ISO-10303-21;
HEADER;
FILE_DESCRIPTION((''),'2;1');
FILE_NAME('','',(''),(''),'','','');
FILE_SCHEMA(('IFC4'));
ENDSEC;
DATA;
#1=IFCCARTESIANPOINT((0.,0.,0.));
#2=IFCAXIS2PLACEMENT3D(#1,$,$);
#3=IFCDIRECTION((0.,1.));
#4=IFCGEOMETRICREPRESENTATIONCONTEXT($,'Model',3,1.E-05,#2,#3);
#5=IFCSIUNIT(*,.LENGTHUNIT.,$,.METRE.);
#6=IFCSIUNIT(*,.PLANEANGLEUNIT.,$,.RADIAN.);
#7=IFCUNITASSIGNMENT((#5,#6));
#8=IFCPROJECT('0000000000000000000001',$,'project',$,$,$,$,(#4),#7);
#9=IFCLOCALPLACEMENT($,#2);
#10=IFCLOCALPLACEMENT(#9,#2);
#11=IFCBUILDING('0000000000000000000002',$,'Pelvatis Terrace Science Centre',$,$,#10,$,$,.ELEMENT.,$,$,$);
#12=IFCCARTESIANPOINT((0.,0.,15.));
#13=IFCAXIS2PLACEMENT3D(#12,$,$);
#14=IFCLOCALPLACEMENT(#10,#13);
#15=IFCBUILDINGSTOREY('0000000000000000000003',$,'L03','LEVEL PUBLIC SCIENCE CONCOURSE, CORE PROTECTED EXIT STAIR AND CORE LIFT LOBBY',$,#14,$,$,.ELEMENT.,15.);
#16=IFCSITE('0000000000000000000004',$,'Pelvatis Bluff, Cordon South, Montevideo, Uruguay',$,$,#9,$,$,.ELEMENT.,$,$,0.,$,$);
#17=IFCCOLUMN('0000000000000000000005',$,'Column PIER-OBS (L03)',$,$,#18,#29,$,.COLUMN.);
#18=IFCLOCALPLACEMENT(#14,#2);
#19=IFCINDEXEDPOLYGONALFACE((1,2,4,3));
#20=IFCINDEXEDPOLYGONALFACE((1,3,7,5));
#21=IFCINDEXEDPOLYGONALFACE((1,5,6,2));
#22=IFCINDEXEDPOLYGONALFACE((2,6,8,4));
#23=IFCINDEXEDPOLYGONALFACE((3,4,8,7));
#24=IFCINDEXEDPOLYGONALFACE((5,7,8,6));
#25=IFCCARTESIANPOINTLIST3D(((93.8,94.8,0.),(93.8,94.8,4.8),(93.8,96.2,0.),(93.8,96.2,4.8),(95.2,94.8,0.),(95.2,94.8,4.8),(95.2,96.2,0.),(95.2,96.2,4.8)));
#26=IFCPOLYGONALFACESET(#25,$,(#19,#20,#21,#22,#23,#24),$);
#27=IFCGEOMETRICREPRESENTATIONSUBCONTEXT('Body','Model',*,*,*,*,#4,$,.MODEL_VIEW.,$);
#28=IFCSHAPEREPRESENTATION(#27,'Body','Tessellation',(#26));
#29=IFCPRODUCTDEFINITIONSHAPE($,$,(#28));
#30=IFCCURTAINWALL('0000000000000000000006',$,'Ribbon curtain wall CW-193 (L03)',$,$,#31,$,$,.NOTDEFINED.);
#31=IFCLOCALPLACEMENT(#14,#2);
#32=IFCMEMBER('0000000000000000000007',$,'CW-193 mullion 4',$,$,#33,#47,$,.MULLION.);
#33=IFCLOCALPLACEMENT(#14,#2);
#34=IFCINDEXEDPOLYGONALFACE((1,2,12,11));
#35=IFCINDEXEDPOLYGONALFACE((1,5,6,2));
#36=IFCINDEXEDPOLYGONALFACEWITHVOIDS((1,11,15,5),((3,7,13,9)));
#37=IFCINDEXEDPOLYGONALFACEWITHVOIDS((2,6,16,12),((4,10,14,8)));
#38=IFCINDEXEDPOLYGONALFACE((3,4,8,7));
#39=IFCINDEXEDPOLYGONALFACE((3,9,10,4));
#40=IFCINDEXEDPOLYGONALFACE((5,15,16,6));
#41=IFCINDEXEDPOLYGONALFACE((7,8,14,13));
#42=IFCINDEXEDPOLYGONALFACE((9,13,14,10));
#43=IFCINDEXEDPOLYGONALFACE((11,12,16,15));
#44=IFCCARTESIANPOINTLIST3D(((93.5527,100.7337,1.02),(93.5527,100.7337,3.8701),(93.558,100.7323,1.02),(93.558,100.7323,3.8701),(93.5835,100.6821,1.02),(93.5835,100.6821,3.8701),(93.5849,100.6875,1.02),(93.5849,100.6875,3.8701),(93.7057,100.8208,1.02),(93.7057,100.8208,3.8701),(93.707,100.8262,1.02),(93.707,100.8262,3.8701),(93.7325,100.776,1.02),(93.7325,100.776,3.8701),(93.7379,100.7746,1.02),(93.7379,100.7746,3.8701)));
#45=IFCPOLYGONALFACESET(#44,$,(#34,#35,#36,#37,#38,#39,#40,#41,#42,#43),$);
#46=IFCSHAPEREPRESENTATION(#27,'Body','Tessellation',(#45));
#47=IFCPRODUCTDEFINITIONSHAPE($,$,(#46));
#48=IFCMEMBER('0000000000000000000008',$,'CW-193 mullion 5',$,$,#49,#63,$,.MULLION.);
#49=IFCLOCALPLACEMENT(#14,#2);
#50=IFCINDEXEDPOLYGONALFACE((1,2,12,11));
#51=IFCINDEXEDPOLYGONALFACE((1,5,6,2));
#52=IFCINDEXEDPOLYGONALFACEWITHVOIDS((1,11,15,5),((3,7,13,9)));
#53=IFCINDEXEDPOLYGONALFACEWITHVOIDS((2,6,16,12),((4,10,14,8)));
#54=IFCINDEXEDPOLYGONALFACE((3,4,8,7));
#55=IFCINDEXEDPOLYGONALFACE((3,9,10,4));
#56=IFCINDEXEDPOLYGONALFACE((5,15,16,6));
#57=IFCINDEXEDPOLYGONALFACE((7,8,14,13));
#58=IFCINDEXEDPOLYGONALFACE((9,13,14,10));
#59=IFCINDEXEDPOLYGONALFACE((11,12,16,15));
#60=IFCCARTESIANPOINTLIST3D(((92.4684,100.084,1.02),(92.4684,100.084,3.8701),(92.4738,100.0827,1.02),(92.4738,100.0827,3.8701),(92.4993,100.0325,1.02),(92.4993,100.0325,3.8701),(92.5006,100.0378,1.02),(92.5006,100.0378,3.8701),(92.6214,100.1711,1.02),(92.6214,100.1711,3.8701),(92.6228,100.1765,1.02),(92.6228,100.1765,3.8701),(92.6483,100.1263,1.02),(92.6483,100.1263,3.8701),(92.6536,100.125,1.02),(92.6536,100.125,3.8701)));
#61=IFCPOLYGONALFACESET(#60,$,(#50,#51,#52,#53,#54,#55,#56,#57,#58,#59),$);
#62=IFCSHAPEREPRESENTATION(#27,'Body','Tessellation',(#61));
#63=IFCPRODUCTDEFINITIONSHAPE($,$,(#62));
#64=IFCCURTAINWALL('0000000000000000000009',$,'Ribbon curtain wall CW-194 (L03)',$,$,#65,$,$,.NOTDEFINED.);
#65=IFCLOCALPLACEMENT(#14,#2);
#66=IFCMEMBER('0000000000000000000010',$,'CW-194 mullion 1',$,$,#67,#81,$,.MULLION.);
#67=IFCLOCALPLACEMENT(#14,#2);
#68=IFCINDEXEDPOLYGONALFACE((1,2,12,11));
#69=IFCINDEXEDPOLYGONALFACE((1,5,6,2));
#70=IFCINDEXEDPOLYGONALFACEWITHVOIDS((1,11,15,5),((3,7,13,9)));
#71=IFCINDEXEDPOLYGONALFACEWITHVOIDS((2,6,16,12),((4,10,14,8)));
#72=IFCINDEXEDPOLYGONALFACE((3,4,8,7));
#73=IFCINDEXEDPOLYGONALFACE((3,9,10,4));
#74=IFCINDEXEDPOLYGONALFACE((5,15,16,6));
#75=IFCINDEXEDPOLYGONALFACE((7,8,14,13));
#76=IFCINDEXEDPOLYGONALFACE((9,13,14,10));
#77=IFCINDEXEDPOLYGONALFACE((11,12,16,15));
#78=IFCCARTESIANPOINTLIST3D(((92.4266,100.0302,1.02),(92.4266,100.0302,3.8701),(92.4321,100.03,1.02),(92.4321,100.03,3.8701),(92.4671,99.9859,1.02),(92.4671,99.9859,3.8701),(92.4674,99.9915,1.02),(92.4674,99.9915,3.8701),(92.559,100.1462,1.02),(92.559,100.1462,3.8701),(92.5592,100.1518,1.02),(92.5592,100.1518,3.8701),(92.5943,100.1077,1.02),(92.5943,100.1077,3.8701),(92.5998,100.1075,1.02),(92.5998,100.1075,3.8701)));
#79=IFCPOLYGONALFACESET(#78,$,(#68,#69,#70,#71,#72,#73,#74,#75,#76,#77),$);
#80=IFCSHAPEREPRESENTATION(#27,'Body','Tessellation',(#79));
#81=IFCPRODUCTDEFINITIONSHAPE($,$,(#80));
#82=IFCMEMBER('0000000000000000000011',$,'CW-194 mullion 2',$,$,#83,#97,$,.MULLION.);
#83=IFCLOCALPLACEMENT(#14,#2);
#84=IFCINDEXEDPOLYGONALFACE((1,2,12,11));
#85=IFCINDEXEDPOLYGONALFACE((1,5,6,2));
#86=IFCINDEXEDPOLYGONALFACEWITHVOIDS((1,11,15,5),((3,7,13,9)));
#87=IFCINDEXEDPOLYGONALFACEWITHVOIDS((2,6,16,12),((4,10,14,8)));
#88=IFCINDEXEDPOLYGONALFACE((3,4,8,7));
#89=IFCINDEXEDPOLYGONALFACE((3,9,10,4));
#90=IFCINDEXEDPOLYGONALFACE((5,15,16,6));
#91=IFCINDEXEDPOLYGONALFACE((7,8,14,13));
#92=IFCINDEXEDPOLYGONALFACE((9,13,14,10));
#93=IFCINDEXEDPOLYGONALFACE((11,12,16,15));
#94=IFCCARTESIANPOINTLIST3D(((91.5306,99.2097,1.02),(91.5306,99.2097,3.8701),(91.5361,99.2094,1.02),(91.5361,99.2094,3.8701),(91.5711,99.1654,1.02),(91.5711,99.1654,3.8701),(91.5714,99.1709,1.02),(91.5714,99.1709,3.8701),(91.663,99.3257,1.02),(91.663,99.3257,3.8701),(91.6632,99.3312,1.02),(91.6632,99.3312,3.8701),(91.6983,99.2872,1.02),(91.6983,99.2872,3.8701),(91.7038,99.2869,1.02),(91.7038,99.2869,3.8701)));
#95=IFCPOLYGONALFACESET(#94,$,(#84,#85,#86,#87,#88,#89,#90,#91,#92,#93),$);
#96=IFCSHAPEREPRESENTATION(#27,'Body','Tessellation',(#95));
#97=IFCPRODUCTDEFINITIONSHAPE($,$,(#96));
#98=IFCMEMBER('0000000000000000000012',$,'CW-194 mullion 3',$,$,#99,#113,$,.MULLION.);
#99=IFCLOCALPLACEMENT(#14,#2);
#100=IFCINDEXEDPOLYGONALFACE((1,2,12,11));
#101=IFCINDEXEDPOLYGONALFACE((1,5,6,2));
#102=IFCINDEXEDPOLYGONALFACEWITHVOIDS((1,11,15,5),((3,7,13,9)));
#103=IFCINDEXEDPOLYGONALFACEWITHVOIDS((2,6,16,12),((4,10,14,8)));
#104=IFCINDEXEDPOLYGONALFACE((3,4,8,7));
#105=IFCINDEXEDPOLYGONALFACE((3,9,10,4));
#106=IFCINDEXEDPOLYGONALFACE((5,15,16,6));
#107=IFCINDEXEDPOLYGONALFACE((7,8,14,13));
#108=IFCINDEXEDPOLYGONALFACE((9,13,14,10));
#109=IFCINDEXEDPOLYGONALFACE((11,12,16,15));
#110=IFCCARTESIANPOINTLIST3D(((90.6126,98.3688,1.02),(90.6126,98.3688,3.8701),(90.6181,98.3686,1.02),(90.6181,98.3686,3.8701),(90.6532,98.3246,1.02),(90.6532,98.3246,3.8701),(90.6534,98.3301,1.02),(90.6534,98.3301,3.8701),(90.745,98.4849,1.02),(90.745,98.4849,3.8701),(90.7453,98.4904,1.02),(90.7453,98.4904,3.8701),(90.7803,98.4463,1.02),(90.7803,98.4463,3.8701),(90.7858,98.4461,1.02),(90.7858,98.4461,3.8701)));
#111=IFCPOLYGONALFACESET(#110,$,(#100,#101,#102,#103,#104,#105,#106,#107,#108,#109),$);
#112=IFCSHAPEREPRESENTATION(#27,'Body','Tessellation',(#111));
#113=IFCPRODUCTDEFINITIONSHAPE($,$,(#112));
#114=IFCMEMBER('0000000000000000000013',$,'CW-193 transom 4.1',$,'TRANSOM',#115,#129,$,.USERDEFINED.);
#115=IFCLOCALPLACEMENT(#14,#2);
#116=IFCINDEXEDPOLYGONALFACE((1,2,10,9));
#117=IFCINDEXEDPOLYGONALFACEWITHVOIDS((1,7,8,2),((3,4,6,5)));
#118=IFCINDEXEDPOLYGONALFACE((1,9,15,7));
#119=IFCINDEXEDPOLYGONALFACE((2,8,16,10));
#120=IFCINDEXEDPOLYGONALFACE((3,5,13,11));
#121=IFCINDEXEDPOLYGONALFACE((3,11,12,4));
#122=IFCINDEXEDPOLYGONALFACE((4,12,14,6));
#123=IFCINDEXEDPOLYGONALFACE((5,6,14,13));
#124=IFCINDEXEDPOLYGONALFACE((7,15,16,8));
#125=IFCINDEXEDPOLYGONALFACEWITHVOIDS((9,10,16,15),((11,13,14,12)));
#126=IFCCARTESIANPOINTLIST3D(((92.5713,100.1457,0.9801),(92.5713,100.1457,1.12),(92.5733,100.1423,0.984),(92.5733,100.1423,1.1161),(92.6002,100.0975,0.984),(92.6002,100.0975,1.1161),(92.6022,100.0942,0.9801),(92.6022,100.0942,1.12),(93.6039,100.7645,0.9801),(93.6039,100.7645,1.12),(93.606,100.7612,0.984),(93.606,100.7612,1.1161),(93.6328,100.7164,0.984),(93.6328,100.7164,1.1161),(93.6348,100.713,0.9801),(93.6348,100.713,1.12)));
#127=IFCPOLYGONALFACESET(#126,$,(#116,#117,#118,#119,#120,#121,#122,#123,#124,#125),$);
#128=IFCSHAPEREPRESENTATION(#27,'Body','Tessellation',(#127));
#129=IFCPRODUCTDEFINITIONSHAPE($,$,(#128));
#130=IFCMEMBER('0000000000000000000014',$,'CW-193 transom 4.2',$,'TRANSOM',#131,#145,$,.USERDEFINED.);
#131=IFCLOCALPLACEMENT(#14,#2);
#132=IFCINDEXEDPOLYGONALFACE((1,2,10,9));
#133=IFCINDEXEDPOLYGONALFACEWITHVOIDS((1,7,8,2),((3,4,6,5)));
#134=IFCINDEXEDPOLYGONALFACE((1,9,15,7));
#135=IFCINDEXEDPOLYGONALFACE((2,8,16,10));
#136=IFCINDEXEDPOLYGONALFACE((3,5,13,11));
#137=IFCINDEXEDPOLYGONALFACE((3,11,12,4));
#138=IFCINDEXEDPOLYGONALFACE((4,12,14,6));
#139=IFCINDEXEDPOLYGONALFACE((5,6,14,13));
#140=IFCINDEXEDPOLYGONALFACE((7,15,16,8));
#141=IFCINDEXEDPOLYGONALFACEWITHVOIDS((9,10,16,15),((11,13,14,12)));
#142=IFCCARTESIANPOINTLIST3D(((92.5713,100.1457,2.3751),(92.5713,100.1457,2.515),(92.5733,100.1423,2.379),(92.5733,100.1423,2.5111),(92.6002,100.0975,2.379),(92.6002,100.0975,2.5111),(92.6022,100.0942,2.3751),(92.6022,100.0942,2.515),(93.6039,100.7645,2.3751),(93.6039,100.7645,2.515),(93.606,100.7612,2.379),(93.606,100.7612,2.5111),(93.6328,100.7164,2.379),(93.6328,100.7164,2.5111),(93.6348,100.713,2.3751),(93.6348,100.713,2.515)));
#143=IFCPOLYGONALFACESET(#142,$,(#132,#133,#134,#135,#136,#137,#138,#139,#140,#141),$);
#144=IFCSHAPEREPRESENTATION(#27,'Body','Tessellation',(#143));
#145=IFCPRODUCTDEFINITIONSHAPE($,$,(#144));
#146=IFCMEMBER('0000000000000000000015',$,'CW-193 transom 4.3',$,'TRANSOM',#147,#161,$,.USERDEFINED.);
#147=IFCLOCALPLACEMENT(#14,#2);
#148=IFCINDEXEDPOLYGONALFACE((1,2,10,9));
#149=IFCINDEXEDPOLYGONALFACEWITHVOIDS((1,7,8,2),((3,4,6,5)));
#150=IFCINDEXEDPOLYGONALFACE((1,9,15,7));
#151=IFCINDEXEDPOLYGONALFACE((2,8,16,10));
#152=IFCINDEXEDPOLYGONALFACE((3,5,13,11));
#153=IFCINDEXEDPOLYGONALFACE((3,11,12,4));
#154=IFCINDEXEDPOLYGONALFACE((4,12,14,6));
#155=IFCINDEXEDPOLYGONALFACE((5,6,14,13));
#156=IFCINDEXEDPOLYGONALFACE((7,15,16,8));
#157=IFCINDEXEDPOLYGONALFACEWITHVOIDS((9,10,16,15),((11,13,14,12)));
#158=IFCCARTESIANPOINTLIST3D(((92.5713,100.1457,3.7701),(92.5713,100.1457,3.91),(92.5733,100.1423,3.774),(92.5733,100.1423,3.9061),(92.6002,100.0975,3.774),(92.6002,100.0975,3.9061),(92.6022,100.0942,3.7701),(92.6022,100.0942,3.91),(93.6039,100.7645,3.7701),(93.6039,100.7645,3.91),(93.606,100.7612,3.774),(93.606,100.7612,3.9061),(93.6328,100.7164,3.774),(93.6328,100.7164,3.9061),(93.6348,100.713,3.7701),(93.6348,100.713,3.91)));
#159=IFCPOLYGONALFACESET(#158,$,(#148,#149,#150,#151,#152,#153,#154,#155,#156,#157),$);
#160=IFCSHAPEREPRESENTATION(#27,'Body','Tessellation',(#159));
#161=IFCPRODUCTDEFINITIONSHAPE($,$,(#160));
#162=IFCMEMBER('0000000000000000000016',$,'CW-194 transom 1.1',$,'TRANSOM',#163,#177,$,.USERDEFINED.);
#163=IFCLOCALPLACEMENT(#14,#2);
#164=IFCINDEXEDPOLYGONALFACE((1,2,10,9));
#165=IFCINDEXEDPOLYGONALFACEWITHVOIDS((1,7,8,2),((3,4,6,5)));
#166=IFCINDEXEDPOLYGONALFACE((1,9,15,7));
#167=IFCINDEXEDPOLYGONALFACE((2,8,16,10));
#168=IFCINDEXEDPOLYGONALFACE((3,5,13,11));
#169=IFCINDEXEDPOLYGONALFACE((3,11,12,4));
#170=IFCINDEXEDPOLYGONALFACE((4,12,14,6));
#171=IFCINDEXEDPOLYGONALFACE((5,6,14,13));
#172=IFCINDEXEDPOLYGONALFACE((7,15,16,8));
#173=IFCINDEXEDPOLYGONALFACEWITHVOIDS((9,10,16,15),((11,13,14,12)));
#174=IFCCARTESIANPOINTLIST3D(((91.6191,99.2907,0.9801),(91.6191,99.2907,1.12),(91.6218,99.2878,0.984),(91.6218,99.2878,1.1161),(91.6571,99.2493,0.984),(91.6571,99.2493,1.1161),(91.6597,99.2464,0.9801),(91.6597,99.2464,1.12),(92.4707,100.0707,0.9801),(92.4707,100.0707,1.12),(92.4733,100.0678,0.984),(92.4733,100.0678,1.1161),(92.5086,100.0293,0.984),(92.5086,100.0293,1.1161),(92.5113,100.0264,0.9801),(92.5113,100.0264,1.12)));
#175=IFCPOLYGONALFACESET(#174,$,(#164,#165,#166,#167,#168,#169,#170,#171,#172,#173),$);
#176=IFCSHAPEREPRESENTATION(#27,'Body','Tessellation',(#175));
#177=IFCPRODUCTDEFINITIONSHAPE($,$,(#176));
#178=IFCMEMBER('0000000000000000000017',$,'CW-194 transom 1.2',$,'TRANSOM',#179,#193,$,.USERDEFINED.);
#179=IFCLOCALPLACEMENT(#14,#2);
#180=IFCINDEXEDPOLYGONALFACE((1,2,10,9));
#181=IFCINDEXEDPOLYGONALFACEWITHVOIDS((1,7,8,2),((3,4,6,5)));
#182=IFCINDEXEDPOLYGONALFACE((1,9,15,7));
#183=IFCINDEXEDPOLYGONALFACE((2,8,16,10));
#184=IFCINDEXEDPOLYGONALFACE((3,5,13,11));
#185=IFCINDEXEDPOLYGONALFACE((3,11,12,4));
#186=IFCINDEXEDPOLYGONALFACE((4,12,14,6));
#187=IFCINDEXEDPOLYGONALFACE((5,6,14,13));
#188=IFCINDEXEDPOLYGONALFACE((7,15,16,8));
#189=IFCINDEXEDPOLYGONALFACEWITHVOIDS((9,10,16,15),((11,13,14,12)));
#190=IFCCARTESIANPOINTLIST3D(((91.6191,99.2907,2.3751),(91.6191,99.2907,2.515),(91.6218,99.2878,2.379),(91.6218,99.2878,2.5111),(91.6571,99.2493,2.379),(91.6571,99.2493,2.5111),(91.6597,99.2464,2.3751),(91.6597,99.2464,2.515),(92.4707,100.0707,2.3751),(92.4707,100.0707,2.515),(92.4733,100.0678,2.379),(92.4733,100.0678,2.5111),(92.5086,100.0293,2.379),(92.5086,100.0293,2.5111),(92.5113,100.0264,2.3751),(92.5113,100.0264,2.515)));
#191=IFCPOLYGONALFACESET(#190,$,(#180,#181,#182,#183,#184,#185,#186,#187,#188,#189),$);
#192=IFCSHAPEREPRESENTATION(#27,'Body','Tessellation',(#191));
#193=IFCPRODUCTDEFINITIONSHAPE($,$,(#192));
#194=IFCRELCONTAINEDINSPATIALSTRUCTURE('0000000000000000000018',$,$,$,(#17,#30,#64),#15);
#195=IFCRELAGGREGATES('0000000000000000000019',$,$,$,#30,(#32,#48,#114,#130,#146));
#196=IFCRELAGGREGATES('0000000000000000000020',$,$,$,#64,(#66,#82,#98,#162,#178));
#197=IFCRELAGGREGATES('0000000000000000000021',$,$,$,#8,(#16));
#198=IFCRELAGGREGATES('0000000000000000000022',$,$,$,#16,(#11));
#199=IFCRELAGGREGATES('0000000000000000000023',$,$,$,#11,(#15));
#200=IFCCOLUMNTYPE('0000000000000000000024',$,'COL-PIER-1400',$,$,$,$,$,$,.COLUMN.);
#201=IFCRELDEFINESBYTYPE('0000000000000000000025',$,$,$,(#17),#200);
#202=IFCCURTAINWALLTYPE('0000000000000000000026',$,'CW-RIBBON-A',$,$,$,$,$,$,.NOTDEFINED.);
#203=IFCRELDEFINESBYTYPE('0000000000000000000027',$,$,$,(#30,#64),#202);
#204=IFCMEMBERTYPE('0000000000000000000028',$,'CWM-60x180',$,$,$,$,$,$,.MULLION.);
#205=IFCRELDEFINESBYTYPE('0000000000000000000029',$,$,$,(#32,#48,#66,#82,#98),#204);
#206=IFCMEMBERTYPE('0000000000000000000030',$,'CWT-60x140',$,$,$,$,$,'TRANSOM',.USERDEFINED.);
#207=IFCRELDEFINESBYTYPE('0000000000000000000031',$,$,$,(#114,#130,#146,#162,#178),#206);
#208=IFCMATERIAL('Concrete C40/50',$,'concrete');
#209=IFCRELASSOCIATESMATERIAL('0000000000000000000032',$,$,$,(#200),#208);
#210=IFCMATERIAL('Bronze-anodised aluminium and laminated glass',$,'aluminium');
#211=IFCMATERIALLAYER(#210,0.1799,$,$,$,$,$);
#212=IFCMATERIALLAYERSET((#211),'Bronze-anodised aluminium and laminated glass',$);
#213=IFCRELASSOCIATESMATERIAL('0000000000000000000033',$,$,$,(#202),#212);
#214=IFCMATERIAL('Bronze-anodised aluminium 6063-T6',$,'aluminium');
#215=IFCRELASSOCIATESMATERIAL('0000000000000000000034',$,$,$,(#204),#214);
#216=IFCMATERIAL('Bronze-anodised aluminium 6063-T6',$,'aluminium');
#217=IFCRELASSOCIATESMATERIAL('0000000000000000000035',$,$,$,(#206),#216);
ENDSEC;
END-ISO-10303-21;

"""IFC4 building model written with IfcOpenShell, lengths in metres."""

from ifc_helpers import new_model, si_unit, direction, frame, origin, origin_2d, place, context, subcontext, project, spatial, rectangle, hollow_rectangle, extrude, material, layer, layer_set, material_profile, profile_set, type_object, element, aggregate, save


model = new_model("IFC4")

# Units and contexts
model_context = context("Model", 3, precision=1e-05, world=origin(), true_north=direction((0.0, 1.0)))
body_context = subcontext(model_context, "Body", "Model", "MODEL_VIEW")
ifc_project = project(units=[si_unit("LENGTHUNIT", "METRE"), si_unit("PLANEANGLEUNIT", "RADIAN")], contexts=[model_context])

# Site, building, storey
site_placement = place(None, origin())
site = spatial("IfcSite", under=ifc_project, at=site_placement, Name="Pelvatis Bluff, Cordon South, Montevideo, Uruguay", CompositionType="ELEMENT", RefElevation=0.0)
building_placement = place(site_placement, origin())
building = spatial("IfcBuilding", under=site, at=building_placement, Name="Pelvatis Terrace Science Centre", CompositionType="ELEMENT")
storey_placement = place(building_placement, frame((0.0, 0.0, 15.0)))
storey = spatial("IfcBuildingStorey", under=building, at=storey_placement, Name="L03", Description="LEVEL PUBLIC SCIENCE CONCOURSE, CORE PROTECTED EXIT STAIR AND CORE LIFT LOBBY", CompositionType="ELEMENT", Elevation=15.0)

# Column
ifc_material_1 = material(Name="Concrete C40/50", Category="concrete")
ifc_material_profile_1 = material_profile(ifc_material_1, rectangle(XDim=1.3999, YDim=1.3999, at=origin_2d()), Name="RC-COL 1400x1400")
ifc_profile_set_1 = profile_set([ifc_material_profile_1], Name="Concrete C40/50")
column_type = type_object("IfcColumnType", Name="COL-PIER-1400", PredefinedType="COLUMN", material=ifc_profile_set_1)
column_placement = place(storey_placement, frame((94.5, 95.5, 0.0), z_axis=(0.0, 0.0, 1.0), x_axis=(1.0, 0.0, 0.0)))
element("IfcColumn", 1, at=column_placement, inside=storey, type_object=column_type, Name="Column PIER-OBS (L03)", PredefinedType="COLUMN", context=body_context, shape_type="SweptSolid", body=[
    extrude(rectangle(XDim=1.3999, YDim=1.3999, at=origin_2d()), origin(), (0.0, 0.0, 1.0), 4.8),
])

# Curtain walls, members
ifc_material_2 = material(Name="Bronze-anodised aluminium and laminated glass", Category="aluminium")
ifc_layer_1 = layer(ifc_material_2, 0.1799)
ifc_layer_set_1 = layer_set([ifc_layer_1], Name="Bronze-anodised aluminium and laminated glass")
curtain_wall_type = type_object("IfcCurtainWallType", Name="CW-RIBBON-A", PredefinedType="NOTDEFINED", material=ifc_layer_set_1)
curtain_wall_1_placement = place(storey_placement, origin())
curtain_wall_1 = element("IfcCurtainWall", 2, at=curtain_wall_1_placement, inside=storey, type_object=curtain_wall_type, Name="Ribbon curtain wall CW-193 (L03)", PredefinedType="NOTDEFINED")
ifc_material_3 = material(Name="Bronze-anodised aluminium 6063-T6", Category="aluminium")
ifc_material_profile_2 = material_profile(ifc_material_3, hollow_rectangle(XDim=0.0601, YDim=0.1799, WallThickness=0.0039, at=origin_2d()), Name="ALU-MUL 60x180")
ifc_profile_set_2 = profile_set([ifc_material_profile_2], Name="Bronze-anodised aluminium 6063-T6")
member_type_1 = type_object("IfcMemberType", Name="CWM-60x180", PredefinedType="MULLION", material=ifc_profile_set_2)
member_1_placement = place(storey_placement, frame((93.6453, 100.7542, 1.02), z_axis=(0.0, 0.0, 1.0), x_axis=(0.513996, -0.857793, 0.0)))
member_1 = element("IfcMember", 3, at=member_1_placement, type_object=member_type_1, Name="CW-193 mullion 4", PredefinedType="MULLION", context=body_context, shape_type="SweptSolid", body=[
    extrude(hollow_rectangle(XDim=0.0601, YDim=0.1799, WallThickness=0.0039, at=origin_2d()), origin(), (0.0, 0.0, 1.0), 2.8501),
])
member_2_placement = place(storey_placement, frame((92.561, 100.1045, 1.02), z_axis=(0.0, 0.0, 1.0), x_axis=(0.513996, -0.857793, 0.0)))
member_2 = element("IfcMember", 4, at=member_2_placement, type_object=member_type_1, Name="CW-193 mullion 5", PredefinedType="MULLION", context=body_context, shape_type="SweptSolid", body=[
    extrude(hollow_rectangle(XDim=0.0601, YDim=0.1799, WallThickness=0.0039, at=origin_2d()), origin(), (0.0, 0.0, 1.0), 2.8501),
])
curtain_wall_2_placement = place(storey_placement, origin())
curtain_wall_2 = element("IfcCurtainWall", 5, at=curtain_wall_2_placement, inside=storey, type_object=curtain_wall_type, Name="Ribbon curtain wall CW-194 (L03)", PredefinedType="NOTDEFINED")
member_3_placement = place(storey_placement, frame((92.5132, 100.0688, 1.02), z_axis=(0.0, 0.0, 1.0), x_axis=(0.675452, -0.737404, 0.0)))
member_3 = element("IfcMember", 6, at=member_3_placement, type_object=member_type_1, Name="CW-194 mullion 1", PredefinedType="MULLION", context=body_context, shape_type="SweptSolid", body=[
    extrude(hollow_rectangle(XDim=0.0601, YDim=0.1799, WallThickness=0.0039, at=origin_2d()), origin(), (0.0, 0.0, 1.0), 2.8501),
])
member_4_placement = place(storey_placement, frame((91.6172, 99.2483, 1.02), z_axis=(0.0, 0.0, 1.0), x_axis=(0.675452, -0.737404, 0.0)))
member_4 = element("IfcMember", 7, at=member_4_placement, type_object=member_type_1, Name="CW-194 mullion 2", PredefinedType="MULLION", context=body_context, shape_type="SweptSolid", body=[
    extrude(hollow_rectangle(XDim=0.0601, YDim=0.1799, WallThickness=0.0039, at=origin_2d()), origin(), (0.0, 0.0, 1.0), 2.8501),
])
member_5_placement = place(storey_placement, frame((90.6992, 98.4075, 1.02), z_axis=(0.0, 0.0, 1.0), x_axis=(0.675452, -0.737404, 0.0)))
member_5 = element("IfcMember", 8, at=member_5_placement, type_object=member_type_1, Name="CW-194 mullion 3", PredefinedType="MULLION", context=body_context, shape_type="SweptSolid", body=[
    extrude(hollow_rectangle(XDim=0.0601, YDim=0.1799, WallThickness=0.0039, at=origin_2d()), origin(), (0.0, 0.0, 1.0), 2.8501),
])

# Members
ifc_material_4 = material(Name="Bronze-anodised aluminium 6063-T6", Category="aluminium")
ifc_material_profile_3 = material_profile(ifc_material_4, hollow_rectangle(XDim=0.0601, YDim=0.1399, WallThickness=0.0039, at=origin_2d()), Name="ALU-TRN 60x140")
ifc_profile_set_3 = profile_set([ifc_material_profile_3], Name="Bronze-anodised aluminium 6063-T6")
member_type_2 = type_object("IfcMemberType", Name="CWT-60x140", ElementType="TRANSOM", PredefinedType="USERDEFINED", material=ifc_profile_set_3)
member_6_placement = place(storey_placement, frame((93.6194, 100.7388, 1.05), z_axis=(-0.857761, -0.514048, 0.0), x_axis=(0.514048, -0.857761, 0.0)))
member_6 = element("IfcMember", 9, at=member_6_placement, type_object=member_type_2, Name="CW-193 transom 4.1", ObjectType="TRANSOM", PredefinedType="USERDEFINED", context=body_context, shape_type="SweptSolid", body=[
    extrude(hollow_rectangle(XDim=0.0601, YDim=0.1399, WallThickness=0.0039, at=origin_2d()), origin(), (0.0, 0.0, 1.0), 1.2039),
])
member_7_placement = place(storey_placement, frame((93.6194, 100.7388, 2.4451), z_axis=(-0.857761, -0.514048, 0.0), x_axis=(0.514048, -0.857761, 0.0)))
member_7 = element("IfcMember", 10, at=member_7_placement, type_object=member_type_2, Name="CW-193 transom 4.2", ObjectType="TRANSOM", PredefinedType="USERDEFINED", context=body_context, shape_type="SweptSolid", body=[
    extrude(hollow_rectangle(XDim=0.0601, YDim=0.1399, WallThickness=0.0039, at=origin_2d()), origin(), (0.0, 0.0, 1.0), 1.2039),
])
member_8_placement = place(storey_placement, frame((93.6194, 100.7388, 3.8401), z_axis=(-0.857761, -0.514048, 0.0), x_axis=(0.514048, -0.857761, 0.0)))
member_8 = element("IfcMember", 11, at=member_8_placement, type_object=member_type_2, Name="CW-193 transom 4.3", ObjectType="TRANSOM", PredefinedType="USERDEFINED", context=body_context, shape_type="SweptSolid", body=[
    extrude(hollow_rectangle(XDim=0.0601, YDim=0.1399, WallThickness=0.0039, at=origin_2d()), origin(), (0.0, 0.0, 1.0), 1.2039),
])
member_9_placement = place(storey_placement, frame((92.491, 100.0486, 1.05), z_axis=(-0.7374, -0.675457, 0.0), x_axis=(0.675457, -0.7374, 0.0)))
member_9 = element("IfcMember", 12, at=member_9_placement, type_object=member_type_2, Name="CW-194 transom 1.1", ObjectType="TRANSOM", PredefinedType="USERDEFINED", context=body_context, shape_type="SweptSolid", body=[
    extrude(hollow_rectangle(XDim=0.0601, YDim=0.1399, WallThickness=0.0039, at=origin_2d()), origin(), (0.0, 0.0, 1.0), 1.1548),
])
member_10_placement = place(storey_placement, frame((92.491, 100.0486, 2.4451), z_axis=(-0.7374, -0.675457, 0.0), x_axis=(0.675457, -0.7374, 0.0)))
member_10 = element("IfcMember", 13, at=member_10_placement, type_object=member_type_2, Name="CW-194 transom 1.2", ObjectType="TRANSOM", PredefinedType="USERDEFINED", context=body_context, shape_type="SweptSolid", body=[
    extrude(hollow_rectangle(XDim=0.0601, YDim=0.1399, WallThickness=0.0039, at=origin_2d()), origin(), (0.0, 0.0, 1.0), 1.1548),
])

aggregate(curtain_wall_1, [member_1, member_2, member_6, member_7, member_8])
aggregate(curtain_wall_2, [member_3, member_4, member_5, member_9, member_10])

save(model, "model.ifc")
